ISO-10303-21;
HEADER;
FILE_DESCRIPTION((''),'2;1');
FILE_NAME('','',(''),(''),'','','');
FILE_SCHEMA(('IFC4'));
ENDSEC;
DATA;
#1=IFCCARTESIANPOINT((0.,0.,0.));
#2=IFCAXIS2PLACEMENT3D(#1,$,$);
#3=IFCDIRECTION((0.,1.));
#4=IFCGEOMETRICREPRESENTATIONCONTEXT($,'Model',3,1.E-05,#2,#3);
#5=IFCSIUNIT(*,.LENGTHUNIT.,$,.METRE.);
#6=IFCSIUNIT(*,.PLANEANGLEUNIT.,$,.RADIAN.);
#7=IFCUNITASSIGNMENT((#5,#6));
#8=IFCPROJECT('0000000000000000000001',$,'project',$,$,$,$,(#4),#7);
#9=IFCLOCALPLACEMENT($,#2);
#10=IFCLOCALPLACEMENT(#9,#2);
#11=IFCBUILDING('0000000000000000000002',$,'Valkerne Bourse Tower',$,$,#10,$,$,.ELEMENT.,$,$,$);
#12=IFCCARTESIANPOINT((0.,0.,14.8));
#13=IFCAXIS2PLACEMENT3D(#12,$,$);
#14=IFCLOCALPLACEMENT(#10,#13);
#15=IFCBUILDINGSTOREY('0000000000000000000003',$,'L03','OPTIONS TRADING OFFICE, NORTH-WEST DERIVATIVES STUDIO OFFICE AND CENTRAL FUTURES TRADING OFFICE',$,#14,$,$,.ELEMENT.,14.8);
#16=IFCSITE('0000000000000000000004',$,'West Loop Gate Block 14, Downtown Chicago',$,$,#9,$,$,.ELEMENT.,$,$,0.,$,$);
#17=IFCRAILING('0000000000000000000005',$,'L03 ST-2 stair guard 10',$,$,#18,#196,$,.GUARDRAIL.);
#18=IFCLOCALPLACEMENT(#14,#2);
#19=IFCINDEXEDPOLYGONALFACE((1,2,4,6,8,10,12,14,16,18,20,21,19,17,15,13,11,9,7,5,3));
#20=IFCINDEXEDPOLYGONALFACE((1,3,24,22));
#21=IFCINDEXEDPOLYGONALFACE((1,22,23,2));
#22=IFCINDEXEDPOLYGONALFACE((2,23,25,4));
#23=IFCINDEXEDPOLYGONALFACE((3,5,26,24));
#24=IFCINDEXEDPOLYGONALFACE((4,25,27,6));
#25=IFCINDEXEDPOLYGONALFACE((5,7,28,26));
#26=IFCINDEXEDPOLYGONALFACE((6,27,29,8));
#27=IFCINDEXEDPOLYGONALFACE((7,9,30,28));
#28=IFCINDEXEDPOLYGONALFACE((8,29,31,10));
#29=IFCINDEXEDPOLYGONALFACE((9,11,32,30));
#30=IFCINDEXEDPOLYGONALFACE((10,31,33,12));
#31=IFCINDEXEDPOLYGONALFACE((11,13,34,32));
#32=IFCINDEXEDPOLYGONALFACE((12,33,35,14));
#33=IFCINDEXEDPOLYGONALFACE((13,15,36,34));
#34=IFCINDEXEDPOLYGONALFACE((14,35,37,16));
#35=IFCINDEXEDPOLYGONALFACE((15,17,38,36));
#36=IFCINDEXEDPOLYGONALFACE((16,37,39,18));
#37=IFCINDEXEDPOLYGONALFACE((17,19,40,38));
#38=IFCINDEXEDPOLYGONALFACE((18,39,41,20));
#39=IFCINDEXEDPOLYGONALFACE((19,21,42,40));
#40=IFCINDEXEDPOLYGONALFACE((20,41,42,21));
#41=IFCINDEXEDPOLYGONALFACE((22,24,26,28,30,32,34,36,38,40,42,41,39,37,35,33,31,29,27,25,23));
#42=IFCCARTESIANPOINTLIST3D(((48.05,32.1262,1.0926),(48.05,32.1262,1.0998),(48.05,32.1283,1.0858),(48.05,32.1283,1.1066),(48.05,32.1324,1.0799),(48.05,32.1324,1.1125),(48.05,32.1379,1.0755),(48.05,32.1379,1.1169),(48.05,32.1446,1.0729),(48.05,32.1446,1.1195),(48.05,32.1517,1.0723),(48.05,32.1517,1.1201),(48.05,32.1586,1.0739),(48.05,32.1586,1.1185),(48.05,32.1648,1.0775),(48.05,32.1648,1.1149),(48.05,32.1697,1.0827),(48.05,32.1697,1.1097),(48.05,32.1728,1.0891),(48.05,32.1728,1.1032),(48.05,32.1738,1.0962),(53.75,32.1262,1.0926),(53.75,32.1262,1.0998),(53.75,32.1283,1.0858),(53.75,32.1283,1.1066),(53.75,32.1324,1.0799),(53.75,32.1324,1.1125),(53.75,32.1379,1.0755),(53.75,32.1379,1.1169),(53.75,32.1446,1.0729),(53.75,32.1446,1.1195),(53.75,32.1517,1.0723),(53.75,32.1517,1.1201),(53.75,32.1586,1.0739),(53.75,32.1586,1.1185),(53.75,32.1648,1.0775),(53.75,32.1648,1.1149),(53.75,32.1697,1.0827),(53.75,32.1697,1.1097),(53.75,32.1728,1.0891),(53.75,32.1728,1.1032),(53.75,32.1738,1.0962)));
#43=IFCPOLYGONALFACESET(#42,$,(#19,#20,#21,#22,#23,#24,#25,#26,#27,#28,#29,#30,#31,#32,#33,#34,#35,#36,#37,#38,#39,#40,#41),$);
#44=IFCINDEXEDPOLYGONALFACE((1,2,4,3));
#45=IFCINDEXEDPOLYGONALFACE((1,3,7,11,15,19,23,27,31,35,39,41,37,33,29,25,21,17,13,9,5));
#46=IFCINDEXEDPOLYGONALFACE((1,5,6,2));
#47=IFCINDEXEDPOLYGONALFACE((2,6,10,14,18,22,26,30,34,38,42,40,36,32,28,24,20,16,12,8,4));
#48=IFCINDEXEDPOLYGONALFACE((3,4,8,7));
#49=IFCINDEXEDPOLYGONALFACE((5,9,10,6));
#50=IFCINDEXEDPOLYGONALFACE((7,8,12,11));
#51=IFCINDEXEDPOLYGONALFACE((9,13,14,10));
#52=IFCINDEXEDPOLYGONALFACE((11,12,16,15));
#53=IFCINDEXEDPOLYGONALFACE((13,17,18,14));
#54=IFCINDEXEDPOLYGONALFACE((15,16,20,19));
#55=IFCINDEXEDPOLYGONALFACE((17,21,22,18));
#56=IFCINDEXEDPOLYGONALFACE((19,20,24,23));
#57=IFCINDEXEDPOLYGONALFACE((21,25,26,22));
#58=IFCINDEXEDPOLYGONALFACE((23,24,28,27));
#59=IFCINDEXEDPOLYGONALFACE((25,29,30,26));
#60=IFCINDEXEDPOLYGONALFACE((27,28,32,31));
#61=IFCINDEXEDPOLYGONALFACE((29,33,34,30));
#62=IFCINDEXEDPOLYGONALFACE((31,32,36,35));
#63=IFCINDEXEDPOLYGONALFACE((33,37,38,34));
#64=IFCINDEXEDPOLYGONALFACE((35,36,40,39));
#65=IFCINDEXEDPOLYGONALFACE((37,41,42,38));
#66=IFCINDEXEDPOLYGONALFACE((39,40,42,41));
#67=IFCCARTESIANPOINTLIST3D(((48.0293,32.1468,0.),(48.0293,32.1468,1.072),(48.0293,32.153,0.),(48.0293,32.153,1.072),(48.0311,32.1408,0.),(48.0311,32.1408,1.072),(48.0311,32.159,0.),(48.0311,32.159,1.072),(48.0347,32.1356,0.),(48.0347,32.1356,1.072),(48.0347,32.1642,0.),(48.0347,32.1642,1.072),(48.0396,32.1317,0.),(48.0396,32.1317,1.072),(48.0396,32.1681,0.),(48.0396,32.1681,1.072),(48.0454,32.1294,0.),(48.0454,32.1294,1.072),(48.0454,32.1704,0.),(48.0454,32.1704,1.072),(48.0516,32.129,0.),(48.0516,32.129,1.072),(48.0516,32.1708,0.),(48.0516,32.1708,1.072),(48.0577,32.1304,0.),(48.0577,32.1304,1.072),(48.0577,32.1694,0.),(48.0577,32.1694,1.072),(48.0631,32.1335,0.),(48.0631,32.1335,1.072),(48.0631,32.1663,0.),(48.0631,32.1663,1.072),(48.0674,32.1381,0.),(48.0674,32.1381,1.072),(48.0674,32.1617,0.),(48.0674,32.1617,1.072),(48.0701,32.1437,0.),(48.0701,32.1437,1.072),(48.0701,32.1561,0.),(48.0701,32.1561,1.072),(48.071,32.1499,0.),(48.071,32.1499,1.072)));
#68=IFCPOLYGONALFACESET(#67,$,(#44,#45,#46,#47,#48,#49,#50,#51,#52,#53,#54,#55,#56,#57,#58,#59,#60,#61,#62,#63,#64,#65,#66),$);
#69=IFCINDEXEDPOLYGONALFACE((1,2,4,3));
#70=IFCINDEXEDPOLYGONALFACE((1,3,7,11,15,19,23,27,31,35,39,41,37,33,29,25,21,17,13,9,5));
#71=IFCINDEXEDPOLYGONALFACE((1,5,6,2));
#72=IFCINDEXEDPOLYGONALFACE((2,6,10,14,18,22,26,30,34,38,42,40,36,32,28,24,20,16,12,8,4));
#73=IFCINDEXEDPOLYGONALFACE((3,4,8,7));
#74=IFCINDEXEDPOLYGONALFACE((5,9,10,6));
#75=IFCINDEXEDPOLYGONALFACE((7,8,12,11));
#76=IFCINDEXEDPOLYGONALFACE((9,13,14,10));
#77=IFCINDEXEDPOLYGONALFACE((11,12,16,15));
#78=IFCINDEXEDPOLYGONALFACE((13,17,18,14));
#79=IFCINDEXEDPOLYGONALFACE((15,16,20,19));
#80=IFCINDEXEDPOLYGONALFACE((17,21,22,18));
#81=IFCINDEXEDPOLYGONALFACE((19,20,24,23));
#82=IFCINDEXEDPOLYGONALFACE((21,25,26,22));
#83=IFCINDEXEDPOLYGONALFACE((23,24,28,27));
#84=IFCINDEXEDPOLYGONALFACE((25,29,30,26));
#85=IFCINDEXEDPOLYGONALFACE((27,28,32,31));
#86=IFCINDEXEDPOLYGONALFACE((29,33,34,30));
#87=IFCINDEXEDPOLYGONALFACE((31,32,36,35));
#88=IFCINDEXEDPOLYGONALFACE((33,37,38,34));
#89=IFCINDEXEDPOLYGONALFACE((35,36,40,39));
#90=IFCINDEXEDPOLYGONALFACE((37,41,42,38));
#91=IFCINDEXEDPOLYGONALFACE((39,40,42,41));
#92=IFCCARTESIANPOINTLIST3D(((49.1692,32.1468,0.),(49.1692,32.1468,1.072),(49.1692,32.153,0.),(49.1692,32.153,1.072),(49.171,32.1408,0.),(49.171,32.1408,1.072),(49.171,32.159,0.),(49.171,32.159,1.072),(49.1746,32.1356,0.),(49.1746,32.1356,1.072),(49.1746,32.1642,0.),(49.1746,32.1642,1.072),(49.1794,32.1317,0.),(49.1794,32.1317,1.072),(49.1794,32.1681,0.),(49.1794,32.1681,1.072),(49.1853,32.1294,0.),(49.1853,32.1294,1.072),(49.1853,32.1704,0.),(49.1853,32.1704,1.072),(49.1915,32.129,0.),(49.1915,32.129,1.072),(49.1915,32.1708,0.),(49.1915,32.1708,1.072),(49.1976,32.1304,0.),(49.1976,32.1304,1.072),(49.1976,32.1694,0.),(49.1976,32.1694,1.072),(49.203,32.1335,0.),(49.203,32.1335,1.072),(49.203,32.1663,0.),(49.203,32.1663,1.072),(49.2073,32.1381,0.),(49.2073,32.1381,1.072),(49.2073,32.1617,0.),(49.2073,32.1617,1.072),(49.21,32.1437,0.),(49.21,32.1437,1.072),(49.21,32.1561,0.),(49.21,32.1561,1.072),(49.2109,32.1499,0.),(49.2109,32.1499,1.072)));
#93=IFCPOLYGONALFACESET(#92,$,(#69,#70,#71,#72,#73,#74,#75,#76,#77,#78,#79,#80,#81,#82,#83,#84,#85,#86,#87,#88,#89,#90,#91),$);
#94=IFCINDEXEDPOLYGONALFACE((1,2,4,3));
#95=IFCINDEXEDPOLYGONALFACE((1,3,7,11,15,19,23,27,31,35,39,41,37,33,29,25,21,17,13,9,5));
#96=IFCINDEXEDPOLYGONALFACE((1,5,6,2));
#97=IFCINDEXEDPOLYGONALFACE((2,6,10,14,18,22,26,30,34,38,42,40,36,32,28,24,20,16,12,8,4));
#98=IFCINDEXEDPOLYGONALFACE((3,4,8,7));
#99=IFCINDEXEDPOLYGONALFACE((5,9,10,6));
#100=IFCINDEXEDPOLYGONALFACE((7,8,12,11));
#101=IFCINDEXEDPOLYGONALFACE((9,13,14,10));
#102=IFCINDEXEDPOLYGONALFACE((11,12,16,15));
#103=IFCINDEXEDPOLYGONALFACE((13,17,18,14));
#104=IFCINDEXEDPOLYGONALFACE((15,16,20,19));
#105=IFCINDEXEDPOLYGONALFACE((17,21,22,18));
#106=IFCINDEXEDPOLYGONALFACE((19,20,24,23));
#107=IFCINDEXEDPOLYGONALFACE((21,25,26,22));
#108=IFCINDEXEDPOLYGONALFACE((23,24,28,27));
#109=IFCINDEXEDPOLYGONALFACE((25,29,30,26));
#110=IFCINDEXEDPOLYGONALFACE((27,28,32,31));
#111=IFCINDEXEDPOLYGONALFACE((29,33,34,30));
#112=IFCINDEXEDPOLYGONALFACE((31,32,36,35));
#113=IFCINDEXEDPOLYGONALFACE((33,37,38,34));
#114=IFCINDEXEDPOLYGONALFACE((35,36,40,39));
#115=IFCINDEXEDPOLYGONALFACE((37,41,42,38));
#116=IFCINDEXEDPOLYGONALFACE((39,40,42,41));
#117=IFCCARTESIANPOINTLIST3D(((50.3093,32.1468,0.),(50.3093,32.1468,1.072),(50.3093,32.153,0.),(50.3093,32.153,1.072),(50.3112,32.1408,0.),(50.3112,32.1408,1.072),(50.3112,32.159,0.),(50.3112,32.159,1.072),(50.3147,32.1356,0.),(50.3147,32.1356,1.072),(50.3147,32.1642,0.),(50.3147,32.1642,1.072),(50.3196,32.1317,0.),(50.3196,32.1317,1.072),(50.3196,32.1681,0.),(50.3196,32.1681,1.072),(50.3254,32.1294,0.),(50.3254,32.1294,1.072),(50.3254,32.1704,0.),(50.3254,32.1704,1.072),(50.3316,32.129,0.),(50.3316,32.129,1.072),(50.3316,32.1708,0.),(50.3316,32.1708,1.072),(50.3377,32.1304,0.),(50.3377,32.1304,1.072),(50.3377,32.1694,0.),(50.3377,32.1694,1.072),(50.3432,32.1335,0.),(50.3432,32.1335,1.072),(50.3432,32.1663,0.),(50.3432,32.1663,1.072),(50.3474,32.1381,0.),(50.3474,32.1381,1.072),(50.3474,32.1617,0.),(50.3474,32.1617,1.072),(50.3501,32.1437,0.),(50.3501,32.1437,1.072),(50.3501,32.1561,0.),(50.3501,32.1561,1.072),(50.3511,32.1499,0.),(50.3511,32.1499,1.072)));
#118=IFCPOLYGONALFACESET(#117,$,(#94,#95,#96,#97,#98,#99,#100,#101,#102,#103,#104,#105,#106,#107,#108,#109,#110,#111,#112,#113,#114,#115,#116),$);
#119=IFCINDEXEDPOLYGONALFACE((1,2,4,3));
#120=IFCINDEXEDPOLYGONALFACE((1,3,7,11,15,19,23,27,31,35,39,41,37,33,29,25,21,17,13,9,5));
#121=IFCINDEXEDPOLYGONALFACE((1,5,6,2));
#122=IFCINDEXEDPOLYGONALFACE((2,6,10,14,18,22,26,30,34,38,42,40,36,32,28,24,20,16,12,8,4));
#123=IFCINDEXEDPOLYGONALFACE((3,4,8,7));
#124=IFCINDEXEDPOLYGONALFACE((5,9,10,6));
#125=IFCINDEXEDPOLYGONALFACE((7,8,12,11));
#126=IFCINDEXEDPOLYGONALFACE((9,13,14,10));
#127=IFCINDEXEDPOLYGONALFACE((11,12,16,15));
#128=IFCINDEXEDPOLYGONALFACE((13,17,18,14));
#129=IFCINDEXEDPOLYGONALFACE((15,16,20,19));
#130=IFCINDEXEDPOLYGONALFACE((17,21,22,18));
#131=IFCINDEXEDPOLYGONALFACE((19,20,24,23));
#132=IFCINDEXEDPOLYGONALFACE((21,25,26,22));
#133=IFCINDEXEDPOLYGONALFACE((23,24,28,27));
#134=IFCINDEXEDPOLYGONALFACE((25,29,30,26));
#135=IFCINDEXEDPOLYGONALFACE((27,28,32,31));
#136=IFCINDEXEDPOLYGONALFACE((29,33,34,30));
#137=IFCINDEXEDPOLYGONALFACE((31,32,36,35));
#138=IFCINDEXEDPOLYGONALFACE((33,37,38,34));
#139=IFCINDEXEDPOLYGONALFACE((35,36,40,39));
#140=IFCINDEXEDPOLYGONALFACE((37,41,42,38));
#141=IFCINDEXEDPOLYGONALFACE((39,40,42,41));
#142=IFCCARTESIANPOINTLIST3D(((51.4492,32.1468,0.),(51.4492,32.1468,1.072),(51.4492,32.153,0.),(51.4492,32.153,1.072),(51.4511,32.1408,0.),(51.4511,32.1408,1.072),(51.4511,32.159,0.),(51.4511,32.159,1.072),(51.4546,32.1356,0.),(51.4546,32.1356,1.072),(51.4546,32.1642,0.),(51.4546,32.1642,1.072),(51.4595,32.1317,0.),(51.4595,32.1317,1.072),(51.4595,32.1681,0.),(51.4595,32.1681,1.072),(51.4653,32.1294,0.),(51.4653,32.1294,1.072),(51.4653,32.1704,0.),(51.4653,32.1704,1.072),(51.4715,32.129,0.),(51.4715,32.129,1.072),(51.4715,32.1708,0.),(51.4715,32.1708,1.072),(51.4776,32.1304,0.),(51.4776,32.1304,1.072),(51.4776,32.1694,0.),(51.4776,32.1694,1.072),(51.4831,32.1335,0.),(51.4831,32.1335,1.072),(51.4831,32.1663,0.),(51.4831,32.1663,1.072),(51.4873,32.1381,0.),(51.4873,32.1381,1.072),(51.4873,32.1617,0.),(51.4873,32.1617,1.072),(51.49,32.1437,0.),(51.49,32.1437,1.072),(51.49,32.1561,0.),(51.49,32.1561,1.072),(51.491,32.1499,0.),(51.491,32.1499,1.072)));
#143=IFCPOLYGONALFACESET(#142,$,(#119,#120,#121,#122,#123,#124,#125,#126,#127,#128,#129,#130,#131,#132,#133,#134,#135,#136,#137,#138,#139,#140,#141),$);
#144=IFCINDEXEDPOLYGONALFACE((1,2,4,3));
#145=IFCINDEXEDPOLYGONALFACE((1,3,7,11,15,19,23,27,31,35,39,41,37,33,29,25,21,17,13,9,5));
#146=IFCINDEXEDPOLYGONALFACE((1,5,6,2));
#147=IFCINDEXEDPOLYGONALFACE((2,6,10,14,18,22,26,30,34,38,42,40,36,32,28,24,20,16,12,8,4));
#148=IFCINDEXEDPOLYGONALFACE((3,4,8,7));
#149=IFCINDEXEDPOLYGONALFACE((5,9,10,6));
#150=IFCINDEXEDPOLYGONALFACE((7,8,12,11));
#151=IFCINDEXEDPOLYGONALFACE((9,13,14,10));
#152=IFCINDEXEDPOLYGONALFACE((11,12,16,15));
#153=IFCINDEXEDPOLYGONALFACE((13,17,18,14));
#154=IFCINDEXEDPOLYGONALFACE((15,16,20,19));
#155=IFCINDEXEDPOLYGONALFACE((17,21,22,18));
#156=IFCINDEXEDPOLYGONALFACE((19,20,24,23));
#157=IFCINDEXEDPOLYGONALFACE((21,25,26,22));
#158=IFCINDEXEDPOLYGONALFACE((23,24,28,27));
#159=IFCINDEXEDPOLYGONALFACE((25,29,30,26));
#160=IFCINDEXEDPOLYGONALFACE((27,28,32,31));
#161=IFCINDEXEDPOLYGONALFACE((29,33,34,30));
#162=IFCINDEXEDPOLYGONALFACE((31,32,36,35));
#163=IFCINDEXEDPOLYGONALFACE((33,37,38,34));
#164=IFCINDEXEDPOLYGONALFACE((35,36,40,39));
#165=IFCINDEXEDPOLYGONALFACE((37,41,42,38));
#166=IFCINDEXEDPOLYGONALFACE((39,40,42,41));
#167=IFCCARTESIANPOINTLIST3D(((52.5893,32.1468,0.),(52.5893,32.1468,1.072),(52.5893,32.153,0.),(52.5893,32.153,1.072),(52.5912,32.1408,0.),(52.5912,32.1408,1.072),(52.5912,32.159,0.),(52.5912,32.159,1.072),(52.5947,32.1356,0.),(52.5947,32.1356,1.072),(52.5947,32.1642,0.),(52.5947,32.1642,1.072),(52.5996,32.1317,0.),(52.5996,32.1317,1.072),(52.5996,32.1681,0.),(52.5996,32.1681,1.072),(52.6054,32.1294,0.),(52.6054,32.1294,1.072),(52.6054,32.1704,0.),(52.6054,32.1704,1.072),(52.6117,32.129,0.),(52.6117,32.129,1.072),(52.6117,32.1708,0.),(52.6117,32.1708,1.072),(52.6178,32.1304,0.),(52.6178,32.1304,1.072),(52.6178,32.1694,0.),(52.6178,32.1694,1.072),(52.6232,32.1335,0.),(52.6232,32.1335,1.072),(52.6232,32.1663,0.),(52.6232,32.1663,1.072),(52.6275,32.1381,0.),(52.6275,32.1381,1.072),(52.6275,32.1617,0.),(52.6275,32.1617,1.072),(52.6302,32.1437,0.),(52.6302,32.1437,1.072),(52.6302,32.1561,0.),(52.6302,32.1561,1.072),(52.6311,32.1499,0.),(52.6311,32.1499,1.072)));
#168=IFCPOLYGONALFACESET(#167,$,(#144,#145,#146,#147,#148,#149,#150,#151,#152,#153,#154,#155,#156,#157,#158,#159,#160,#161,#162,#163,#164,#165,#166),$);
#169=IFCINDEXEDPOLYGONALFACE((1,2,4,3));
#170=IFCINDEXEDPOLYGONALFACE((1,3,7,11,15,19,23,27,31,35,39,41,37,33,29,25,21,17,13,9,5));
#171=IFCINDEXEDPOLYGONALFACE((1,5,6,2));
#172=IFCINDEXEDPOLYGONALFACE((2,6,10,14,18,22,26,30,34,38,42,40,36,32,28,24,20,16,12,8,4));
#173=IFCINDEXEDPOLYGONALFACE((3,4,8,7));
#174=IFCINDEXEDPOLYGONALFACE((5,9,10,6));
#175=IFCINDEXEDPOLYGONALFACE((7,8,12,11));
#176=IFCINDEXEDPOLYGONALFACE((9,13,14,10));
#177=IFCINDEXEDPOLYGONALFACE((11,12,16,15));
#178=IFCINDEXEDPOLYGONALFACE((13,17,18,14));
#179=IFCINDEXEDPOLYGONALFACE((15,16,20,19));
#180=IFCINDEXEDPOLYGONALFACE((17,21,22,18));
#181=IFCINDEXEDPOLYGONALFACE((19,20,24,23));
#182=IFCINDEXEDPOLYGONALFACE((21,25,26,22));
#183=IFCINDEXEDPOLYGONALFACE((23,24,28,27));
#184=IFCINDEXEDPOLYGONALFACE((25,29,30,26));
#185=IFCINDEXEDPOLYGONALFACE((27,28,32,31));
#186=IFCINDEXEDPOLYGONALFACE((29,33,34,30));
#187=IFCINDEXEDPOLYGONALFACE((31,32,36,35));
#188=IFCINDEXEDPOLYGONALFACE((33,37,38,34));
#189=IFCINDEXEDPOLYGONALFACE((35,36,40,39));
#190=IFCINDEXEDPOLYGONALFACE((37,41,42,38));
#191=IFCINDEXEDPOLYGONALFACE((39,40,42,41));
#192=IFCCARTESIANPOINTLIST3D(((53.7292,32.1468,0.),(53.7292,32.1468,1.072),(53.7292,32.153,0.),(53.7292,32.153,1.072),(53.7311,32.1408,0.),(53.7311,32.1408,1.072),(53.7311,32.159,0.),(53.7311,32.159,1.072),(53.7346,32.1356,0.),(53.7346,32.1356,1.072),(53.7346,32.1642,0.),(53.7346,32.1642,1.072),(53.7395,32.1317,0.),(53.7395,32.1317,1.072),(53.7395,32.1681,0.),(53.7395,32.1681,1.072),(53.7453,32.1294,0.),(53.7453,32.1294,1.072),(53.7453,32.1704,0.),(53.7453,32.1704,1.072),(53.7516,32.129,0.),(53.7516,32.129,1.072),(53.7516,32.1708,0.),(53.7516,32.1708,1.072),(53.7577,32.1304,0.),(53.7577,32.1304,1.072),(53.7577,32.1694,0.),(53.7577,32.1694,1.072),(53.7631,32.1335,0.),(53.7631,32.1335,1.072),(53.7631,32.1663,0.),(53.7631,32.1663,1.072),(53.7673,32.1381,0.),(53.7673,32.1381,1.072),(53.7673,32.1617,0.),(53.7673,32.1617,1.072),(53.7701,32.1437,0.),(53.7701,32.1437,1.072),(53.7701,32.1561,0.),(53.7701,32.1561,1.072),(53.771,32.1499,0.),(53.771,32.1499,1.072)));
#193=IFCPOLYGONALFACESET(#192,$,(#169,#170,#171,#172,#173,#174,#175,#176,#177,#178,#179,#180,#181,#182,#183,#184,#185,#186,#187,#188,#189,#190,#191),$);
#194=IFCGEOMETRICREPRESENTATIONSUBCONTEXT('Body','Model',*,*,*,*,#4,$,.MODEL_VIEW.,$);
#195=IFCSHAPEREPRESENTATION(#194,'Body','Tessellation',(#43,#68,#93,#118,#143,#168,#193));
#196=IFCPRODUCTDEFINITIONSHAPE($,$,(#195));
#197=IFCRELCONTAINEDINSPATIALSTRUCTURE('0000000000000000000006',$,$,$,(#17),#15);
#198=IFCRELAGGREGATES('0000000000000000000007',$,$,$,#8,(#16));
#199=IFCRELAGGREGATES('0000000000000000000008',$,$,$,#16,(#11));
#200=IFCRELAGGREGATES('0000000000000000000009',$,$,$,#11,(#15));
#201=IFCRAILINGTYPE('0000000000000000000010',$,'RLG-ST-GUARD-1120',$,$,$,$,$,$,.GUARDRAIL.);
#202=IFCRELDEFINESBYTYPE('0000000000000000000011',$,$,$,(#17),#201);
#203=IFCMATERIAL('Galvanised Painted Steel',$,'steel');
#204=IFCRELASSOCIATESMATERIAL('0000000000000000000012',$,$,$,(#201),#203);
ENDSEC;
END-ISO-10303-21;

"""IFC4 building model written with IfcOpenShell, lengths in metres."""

from ifc_helpers import new_model, si_unit, direction, frame, origin, origin_2d, place, context, subcontext, project, spatial, circle, extrude, material, type_object, element, save


model = new_model("IFC4")

# Units and contexts
model_context = context("Model", 3, precision=1e-05, world=origin(), true_north=direction((0.0, 1.0)))
body_context = subcontext(model_context, "Body", "Model", "MODEL_VIEW")
ifc_project = project(units=[si_unit("LENGTHUNIT", "METRE"), si_unit("PLANEANGLEUNIT", "RADIAN")], contexts=[model_context])

# Site, building, storey
site_placement = place(None, origin())
site = spatial("IfcSite", under=ifc_project, at=site_placement, Name="West Loop Gate Block 14, Downtown Chicago", CompositionType="ELEMENT", RefElevation=0.0)
building_placement = place(site_placement, origin())
building = spatial("IfcBuilding", under=site, at=building_placement, Name="Valkerne Bourse Tower", CompositionType="ELEMENT")
storey_placement = place(building_placement, frame((0.0, 0.0, 14.8)))
storey = spatial("IfcBuildingStorey", under=building, at=storey_placement, Name="L03", Description="OPTIONS TRADING OFFICE, NORTH-WEST DERIVATIVES STUDIO OFFICE AND CENTRAL FUTURES TRADING OFFICE", CompositionType="ELEMENT", Elevation=14.8)

# Shared definitions
ifc_material_1 = material(Name="Galvanised Painted Steel", Category="steel")

# Railing
railing_type_1 = type_object("IfcRailingType", Name="RLG-ST-GUARD-1120", PredefinedType="GUARDRAIL", material=ifc_material_1)
railing_1_placement = place(storey_placement, frame((48.05, 32.1499, 0.0)))
element("IfcRailing", 1, at=railing_1_placement, inside=storey, type_object=railing_type_1, Name="L03 ST-2 stair guard 10", PredefinedType="GUARDRAIL", context=body_context, shape_type="SweptSolid", body=[
    extrude(circle(Radius=0.0239, at=origin_2d()), frame((0.0, 0.0, 1.0962), z_axis=(1.0, 0.0, 0.0), x_axis=(0.0, 1.0, 0.0)), (0.0, 0.0, 1.0), 5.7),
    extrude(circle(Radius=0.021, at=origin_2d()), origin(), (0.0, 0.0, 1.0), 1.072),
    extrude(circle(Radius=0.021, at=origin_2d()), frame((1.1399, 0.0, 0.0)), (0.0, 0.0, 1.0), 1.072),
    extrude(circle(Radius=0.021, at=origin_2d()), frame((2.28, 0.0, 0.0)), (0.0, 0.0, 1.0), 1.072),
    extrude(circle(Radius=0.021, at=origin_2d()), frame((3.4199, 0.0, 0.0)), (0.0, 0.0, 1.0), 1.072),
    extrude(circle(Radius=0.021, at=origin_2d()), frame((4.5601, 0.0, 0.0)), (0.0, 0.0, 1.0), 1.072),
    extrude(circle(Radius=0.021, at=origin_2d()), frame((5.7, 0.0, 0.0)), (0.0, 0.0, 1.0), 1.072),
])

save(model, "model.ifc")
